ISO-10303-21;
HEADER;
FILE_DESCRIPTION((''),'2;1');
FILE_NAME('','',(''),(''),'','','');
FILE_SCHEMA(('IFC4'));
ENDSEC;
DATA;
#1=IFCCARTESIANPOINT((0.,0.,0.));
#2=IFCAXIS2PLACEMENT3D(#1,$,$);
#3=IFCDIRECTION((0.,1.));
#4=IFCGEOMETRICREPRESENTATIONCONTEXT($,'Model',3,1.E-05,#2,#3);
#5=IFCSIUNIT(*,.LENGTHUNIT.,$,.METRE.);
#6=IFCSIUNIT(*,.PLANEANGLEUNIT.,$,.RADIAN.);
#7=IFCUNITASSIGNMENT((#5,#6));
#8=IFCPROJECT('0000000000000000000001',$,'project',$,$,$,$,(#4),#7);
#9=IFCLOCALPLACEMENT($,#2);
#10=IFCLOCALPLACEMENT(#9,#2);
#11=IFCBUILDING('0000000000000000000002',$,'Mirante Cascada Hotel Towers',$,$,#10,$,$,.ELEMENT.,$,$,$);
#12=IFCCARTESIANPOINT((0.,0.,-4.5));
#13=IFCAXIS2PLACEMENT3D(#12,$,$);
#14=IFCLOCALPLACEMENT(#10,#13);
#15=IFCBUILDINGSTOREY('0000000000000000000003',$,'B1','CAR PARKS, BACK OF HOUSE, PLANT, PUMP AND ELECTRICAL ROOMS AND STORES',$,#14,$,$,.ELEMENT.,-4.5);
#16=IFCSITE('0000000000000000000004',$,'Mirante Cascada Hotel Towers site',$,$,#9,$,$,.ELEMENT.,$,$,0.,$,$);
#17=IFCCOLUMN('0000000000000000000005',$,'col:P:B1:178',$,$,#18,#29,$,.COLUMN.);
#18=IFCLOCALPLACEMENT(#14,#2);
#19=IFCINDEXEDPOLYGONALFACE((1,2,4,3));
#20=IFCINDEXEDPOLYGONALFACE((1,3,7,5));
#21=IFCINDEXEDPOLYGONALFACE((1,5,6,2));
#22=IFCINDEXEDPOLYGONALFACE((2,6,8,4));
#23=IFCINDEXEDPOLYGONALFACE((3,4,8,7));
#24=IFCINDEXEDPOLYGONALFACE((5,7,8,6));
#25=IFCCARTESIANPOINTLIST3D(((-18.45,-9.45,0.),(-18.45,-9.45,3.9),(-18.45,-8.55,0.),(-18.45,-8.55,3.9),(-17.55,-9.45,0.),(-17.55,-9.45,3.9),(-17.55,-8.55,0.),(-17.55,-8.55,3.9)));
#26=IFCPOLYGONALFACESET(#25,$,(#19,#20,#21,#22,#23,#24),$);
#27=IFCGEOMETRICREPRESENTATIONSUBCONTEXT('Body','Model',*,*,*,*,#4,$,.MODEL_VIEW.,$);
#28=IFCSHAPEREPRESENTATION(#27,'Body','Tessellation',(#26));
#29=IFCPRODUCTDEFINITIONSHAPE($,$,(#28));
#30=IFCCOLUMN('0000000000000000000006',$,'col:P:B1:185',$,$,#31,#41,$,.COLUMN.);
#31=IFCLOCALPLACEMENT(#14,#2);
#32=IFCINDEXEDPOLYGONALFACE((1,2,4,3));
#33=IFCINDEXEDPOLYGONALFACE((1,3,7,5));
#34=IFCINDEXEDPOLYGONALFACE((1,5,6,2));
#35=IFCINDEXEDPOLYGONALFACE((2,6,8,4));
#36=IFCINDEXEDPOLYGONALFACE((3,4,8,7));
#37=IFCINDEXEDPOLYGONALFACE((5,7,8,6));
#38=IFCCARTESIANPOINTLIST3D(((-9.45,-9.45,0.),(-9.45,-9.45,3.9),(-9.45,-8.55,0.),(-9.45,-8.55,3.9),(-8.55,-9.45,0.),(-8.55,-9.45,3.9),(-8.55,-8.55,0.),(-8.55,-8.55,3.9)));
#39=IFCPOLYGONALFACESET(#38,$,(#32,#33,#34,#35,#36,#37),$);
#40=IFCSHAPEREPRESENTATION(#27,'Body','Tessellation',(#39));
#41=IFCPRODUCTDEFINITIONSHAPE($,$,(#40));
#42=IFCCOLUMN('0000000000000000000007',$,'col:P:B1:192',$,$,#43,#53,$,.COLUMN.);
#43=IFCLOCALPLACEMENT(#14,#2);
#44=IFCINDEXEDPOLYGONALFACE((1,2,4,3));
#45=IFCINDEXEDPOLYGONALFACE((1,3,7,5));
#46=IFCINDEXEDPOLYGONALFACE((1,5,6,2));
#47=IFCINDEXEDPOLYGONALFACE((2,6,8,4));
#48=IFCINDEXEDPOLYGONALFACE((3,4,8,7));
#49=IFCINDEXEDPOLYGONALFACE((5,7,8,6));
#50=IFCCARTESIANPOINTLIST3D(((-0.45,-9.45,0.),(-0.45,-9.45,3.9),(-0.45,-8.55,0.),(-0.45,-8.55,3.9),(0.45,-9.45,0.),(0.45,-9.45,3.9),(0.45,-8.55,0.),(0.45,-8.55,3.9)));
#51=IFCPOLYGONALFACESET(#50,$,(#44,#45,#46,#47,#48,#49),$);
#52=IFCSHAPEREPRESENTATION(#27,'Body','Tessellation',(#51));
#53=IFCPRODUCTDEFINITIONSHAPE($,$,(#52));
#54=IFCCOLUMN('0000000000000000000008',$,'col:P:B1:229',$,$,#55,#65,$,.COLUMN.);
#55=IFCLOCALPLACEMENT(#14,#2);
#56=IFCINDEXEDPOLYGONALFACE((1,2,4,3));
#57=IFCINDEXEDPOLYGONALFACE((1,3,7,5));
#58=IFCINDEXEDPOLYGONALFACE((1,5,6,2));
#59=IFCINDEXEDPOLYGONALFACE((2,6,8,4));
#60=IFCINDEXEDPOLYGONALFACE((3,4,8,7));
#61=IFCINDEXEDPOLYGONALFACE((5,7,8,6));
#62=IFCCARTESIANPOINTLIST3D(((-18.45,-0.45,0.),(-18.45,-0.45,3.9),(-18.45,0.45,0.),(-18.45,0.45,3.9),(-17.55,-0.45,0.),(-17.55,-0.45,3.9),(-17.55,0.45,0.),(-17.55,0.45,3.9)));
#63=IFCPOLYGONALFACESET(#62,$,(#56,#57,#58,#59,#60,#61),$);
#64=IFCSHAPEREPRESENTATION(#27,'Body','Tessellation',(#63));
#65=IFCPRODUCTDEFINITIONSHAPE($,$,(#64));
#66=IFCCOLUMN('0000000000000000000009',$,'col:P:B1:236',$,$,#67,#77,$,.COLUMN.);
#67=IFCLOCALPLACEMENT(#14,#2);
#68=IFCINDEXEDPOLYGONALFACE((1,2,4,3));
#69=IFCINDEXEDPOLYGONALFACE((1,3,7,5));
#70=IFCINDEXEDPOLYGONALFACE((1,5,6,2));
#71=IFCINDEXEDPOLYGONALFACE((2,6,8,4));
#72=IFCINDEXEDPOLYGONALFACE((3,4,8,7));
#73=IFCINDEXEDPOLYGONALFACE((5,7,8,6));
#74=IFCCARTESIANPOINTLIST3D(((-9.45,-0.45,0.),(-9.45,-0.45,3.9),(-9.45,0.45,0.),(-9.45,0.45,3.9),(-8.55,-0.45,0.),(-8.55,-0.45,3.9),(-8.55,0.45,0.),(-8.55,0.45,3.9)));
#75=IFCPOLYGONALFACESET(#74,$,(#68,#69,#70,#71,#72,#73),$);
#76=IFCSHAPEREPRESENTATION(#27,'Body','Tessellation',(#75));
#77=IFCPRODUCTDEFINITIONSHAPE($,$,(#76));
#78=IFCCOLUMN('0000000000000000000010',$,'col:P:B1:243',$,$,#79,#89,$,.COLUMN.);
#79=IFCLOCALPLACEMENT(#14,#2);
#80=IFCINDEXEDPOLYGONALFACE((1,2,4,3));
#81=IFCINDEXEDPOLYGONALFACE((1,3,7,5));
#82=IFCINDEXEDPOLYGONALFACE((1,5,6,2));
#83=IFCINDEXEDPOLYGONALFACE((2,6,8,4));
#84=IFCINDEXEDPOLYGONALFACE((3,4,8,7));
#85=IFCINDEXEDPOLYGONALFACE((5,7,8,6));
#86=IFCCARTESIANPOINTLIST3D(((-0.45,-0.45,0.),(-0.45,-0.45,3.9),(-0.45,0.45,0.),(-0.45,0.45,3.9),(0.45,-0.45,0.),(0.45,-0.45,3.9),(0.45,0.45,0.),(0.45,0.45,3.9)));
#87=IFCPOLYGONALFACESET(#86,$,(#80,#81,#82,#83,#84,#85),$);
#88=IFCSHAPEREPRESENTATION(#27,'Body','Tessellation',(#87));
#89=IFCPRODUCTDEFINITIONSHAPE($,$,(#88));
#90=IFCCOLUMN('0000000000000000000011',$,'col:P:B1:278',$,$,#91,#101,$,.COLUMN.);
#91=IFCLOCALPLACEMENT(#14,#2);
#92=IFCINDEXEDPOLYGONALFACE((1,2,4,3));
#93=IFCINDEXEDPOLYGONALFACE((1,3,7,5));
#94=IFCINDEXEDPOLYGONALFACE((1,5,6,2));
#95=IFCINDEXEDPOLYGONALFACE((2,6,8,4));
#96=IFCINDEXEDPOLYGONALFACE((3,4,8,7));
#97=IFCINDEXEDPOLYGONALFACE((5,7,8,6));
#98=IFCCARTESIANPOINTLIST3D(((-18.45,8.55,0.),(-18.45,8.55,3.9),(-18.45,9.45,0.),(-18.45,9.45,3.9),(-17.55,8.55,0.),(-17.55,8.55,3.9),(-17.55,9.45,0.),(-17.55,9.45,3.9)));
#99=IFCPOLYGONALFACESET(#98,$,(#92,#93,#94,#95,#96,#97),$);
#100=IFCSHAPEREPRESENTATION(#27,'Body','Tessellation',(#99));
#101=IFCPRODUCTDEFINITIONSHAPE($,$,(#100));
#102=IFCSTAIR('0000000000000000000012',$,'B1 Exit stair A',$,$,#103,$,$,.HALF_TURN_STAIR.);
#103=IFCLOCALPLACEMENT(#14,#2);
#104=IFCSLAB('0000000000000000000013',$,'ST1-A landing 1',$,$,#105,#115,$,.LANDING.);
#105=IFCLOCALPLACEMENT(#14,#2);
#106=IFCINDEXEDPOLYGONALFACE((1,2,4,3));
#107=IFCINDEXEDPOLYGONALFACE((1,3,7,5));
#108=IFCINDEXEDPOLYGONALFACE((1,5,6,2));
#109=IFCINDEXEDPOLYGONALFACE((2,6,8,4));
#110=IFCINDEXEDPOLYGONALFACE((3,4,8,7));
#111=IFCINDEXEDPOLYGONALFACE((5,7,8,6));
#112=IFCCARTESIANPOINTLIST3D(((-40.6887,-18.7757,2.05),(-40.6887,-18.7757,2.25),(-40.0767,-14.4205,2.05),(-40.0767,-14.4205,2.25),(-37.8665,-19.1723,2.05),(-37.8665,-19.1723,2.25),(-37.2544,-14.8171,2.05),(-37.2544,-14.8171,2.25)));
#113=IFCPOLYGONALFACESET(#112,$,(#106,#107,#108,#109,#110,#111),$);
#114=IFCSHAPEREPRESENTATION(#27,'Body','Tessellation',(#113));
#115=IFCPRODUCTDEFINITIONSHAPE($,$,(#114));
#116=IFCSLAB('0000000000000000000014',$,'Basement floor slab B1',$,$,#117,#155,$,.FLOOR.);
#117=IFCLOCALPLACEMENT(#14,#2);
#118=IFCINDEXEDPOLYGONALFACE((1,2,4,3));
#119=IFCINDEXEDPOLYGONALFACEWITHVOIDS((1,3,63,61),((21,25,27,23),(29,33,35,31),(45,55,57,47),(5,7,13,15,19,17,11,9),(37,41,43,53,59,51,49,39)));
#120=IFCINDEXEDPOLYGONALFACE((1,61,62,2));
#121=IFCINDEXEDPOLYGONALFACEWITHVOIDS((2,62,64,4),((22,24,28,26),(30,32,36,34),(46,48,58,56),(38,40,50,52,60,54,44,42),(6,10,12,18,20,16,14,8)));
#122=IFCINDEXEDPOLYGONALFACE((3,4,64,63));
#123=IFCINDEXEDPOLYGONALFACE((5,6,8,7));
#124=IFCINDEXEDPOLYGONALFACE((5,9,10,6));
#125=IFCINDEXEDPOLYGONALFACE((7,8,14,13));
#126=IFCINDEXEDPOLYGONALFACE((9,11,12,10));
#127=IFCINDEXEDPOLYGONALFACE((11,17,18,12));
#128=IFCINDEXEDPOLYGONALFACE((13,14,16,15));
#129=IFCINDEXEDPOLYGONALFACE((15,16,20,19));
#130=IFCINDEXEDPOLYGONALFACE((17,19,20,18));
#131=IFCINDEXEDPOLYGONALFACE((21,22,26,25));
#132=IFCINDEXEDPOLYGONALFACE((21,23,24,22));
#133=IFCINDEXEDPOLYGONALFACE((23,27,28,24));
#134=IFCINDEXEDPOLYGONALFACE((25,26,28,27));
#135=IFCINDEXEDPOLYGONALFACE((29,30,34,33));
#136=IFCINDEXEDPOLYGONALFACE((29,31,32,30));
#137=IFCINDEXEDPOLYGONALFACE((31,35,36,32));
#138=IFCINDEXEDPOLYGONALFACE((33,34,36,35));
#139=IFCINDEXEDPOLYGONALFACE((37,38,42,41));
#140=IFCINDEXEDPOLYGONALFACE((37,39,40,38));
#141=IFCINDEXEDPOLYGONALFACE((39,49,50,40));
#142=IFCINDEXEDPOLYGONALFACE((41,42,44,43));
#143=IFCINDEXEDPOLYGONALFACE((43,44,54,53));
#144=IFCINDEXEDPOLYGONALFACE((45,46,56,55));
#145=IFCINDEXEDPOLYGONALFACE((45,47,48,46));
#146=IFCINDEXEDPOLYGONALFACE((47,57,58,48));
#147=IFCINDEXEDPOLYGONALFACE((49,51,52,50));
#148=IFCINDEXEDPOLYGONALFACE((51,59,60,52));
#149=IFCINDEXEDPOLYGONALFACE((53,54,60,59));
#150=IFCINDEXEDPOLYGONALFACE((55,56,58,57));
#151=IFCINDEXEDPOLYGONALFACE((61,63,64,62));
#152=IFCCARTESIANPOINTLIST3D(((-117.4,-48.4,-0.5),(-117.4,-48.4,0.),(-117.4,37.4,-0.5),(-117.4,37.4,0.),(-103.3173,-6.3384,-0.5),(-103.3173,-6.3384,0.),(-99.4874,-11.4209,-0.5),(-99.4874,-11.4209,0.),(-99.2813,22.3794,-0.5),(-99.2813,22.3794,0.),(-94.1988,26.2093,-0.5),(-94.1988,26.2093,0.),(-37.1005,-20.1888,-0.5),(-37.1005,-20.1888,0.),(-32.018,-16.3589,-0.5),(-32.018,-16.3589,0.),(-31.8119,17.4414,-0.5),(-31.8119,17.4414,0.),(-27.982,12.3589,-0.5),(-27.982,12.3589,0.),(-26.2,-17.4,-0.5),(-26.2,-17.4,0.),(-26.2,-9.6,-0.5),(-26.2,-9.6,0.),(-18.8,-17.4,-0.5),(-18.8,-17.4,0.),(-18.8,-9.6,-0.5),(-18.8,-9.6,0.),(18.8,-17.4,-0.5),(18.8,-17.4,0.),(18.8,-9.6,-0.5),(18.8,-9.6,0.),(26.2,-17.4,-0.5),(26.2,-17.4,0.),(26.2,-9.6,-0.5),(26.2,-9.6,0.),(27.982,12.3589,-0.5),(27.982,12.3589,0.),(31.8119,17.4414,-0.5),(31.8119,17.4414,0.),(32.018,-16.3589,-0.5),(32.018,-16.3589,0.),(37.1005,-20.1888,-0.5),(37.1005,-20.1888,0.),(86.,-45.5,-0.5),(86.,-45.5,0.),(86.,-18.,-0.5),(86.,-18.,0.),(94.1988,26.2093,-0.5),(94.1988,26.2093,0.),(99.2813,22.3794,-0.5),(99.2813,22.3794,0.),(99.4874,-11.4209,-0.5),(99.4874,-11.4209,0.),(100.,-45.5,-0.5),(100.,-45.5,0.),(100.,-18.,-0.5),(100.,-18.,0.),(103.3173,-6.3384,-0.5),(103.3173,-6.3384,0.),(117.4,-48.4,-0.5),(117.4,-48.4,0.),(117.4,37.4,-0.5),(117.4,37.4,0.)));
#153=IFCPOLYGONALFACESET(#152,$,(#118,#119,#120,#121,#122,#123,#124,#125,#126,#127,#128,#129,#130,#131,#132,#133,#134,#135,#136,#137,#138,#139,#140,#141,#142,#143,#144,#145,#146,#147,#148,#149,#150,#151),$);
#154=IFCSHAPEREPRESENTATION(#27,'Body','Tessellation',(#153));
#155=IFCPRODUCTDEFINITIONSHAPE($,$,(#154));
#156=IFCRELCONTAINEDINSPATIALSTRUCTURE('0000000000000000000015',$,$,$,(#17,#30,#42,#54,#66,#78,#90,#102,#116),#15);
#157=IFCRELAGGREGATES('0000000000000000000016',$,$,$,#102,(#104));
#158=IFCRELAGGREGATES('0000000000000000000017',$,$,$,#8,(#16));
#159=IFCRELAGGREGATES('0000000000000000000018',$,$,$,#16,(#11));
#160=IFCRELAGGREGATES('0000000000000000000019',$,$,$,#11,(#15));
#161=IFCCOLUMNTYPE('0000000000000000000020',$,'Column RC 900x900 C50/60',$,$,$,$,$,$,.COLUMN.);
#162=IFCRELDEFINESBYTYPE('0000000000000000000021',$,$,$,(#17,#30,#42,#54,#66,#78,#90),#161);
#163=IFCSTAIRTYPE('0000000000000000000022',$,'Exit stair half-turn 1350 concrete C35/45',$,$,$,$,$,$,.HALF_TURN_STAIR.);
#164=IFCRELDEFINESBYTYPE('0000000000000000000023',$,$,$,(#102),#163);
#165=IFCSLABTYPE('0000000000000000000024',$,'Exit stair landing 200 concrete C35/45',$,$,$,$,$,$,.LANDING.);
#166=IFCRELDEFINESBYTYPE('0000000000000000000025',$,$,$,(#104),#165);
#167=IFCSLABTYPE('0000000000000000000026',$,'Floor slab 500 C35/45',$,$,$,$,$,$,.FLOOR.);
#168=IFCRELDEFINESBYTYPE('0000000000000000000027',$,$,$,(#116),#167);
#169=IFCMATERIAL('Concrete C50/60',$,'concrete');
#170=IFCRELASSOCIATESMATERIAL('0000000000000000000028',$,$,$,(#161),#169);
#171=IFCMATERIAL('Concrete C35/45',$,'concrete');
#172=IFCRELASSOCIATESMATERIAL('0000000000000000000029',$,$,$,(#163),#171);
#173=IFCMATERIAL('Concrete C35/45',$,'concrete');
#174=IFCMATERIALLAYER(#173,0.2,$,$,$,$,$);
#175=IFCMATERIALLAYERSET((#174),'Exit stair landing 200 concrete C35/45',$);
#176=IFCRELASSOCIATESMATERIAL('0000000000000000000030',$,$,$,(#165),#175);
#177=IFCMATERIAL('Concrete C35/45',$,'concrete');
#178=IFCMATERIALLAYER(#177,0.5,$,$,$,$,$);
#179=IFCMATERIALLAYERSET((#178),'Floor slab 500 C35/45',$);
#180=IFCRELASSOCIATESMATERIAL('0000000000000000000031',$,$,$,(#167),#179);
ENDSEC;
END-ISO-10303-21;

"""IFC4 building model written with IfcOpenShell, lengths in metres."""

from ifc_helpers import new_model, si_unit, direction, frame, origin, origin_2d, place, context, subcontext, project, spatial, polyline, rectangle, outline, extrude, material, layer, layer_set, material_profile, profile_set, type_object, element, aggregate, save


model = new_model("IFC4")

# Units and contexts
model_context = context("Model", 3, precision=1e-05, world=origin(), true_north=direction((0.0, 1.0)))
body_context = subcontext(model_context, "Body", "Model", "MODEL_VIEW")
ifc_project = project(units=[si_unit("LENGTHUNIT", "METRE"), si_unit("PLANEANGLEUNIT", "RADIAN")], contexts=[model_context])

# Site, building, storey
site_placement = place(None, origin())
site = spatial("IfcSite", under=ifc_project, at=site_placement, Name="Mirante Cascada Hotel Towers site", CompositionType="ELEMENT", RefElevation=0.0)
building_placement = place(site_placement, origin())
building = spatial("IfcBuilding", under=site, at=building_placement, Name="Mirante Cascada Hotel Towers", CompositionType="ELEMENT")
storey_placement = place(building_placement, frame((0.0, 0.0, -4.5)))
storey = spatial("IfcBuildingStorey", under=building, at=storey_placement, Name="B1", Description="CAR PARKS, BACK OF HOUSE, PLANT, PUMP AND ELECTRICAL ROOMS AND STORES", CompositionType="ELEMENT", Elevation=-4.5)

# Columns
ifc_material_1 = material(Name="Concrete C50/60", Category="concrete")
ifc_material_profile = material_profile(ifc_material_1, rectangle(XDim=0.9, YDim=0.9, at=origin_2d()), Name="RC 900x900")
ifc_profile_set = profile_set([ifc_material_profile], Name="Concrete C50/60")
column_type = type_object("IfcColumnType", Name="Column RC 900x900 C50/60", PredefinedType="COLUMN", material=ifc_profile_set)
for number, where, z_axis, x_axis, name in (
    (1, (-18.0, -9.0, 0.0), (0.0, 0.0, 1.0), (1.0, 0.0, 0.0), "col:P:B1:178"),
    (2, (-9.0, -9.0, 0.0), (0.0, 0.0, 1.0), (1.0, 0.0, 0.0), "col:P:B1:185"),
    (3, (0.0, -9.0, 0.0), (0.0, 0.0, 1.0), (1.0, 0.0, 0.0), "col:P:B1:192"),
    (4, (-18.0, 0.0, 0.0), (0.0, 0.0, 1.0), (1.0, 0.0, 0.0), "col:P:B1:229"),
    (5, (-9.0, 0.0, 0.0), (0.0, 0.0, 1.0), (1.0, 0.0, 0.0), "col:P:B1:236"),
    (6, (0.0, 0.0, 0.0), (0.0, 0.0, 1.0), (1.0, 0.0, 0.0), "col:P:B1:243"),
    (7, (-18.0, 9.0, 0.0), (0.0, 0.0, 1.0), (1.0, 0.0, 0.0), "col:P:B1:278"),
):
    element("IfcColumn", number, at=place(storey_placement, frame(where, z_axis=z_axis, x_axis=x_axis)), inside=storey, type_object=column_type, Name=name, PredefinedType="COLUMN", context=body_context, shape_type="SweptSolid", body=[
        extrude(rectangle(XDim=0.9, YDim=0.9, at=origin_2d()), origin(), (0.0, 0.0, 1.0), 3.9),
    ])

# Stair, slab
ifc_material_2 = material(Name="Concrete C35/45", Category="concrete")
stair_type = type_object("IfcStairType", Name="Exit stair half-turn 1350 concrete C35/45", PredefinedType="HALF_TURN_STAIR", material=ifc_material_2)
stair_placement = place(storey_placement, origin())
stair = element("IfcStair", 8, at=stair_placement, inside=storey, type_object=stair_type, Name="B1 Exit stair A", PredefinedType="HALF_TURN_STAIR")
ifc_material_3 = material(Name="Concrete C35/45", Category="concrete")
ifc_layer_1 = layer(ifc_material_3, 0.2)
ifc_layer_set_1 = layer_set([ifc_layer_1], Name="Exit stair landing 200 concrete C35/45")
slab_type_1 = type_object("IfcSlabType", Name="Exit stair landing 200 concrete C35/45", PredefinedType="LANDING", material=ifc_layer_set_1)
slab_1_placement = place(storey_placement, frame((0.0, 0.0, 2.05)))
slab_1 = element("IfcSlab", 9, at=slab_1_placement, type_object=slab_type_1, Name="ST1-A landing 1", PredefinedType="LANDING", context=body_context, shape_type="SweptSolid", body=[
    extrude(outline(polyline([(-40.0767, -14.4205), (-40.6887, -18.7757), (-37.8665, -19.1723), (-37.2544, -14.8171), (-40.0767, -14.4205)])), origin(), (0.0, 0.0, 1.0), 0.2),
])
aggregate(stair, [slab_1])

# Slab
ifc_material_4 = material(Name="Concrete C35/45", Category="concrete")
ifc_layer_2 = layer(ifc_material_4, 0.5)
ifc_layer_set_2 = layer_set([ifc_layer_2], Name="Floor slab 500 C35/45")
slab_type_2 = type_object("IfcSlabType", Name="Floor slab 500 C35/45", PredefinedType="FLOOR", material=ifc_layer_set_2)
slab_2_placement = place(storey_placement, frame((0.0, 0.0, -0.5)))
element("IfcSlab", 10, at=slab_2_placement, inside=storey, type_object=slab_type_2, Name="Basement floor slab B1", PredefinedType="FLOOR", context=body_context, shape_type="SweptSolid", body=[
    extrude(outline(polyline([(-117.4, -48.4), (-117.4, 37.4), (117.4, 37.4), (117.4, -48.4), (-117.4, -48.4)]), holes=[polyline([(31.8119, 17.4414), (27.982, 12.3589), (32.018, -16.3589), (37.1005, -20.1888), (99.4874, -11.4209), (103.3173, -6.3384), (99.2813, 22.3794), (94.1988, 26.2093), (31.8119, 17.4414)]), polyline([(86.0, -45.5), (100.0, -45.5), (100.0, -18.0), (86.0, -18.0), (86.0, -45.5)]), polyline([(18.8, -17.4), (26.2, -17.4), (26.2, -9.6), (18.8, -9.6), (18.8, -17.4)]), polyline([(-26.2, -17.4), (-18.8, -17.4), (-18.8, -9.6), (-26.2, -9.6), (-26.2, -17.4)]), polyline([(-99.2813, 22.3794), (-103.3173, -6.3384), (-99.4874, -11.4209), (-37.1005, -20.1888), (-32.018, -16.3589), (-27.982, 12.3589), (-31.8119, 17.4414), (-94.1988, 26.2093), (-99.2813, 22.3794)])]), origin(), (0.0, 0.0, 1.0), 0.5),
])

save(model, "model.ifc")
